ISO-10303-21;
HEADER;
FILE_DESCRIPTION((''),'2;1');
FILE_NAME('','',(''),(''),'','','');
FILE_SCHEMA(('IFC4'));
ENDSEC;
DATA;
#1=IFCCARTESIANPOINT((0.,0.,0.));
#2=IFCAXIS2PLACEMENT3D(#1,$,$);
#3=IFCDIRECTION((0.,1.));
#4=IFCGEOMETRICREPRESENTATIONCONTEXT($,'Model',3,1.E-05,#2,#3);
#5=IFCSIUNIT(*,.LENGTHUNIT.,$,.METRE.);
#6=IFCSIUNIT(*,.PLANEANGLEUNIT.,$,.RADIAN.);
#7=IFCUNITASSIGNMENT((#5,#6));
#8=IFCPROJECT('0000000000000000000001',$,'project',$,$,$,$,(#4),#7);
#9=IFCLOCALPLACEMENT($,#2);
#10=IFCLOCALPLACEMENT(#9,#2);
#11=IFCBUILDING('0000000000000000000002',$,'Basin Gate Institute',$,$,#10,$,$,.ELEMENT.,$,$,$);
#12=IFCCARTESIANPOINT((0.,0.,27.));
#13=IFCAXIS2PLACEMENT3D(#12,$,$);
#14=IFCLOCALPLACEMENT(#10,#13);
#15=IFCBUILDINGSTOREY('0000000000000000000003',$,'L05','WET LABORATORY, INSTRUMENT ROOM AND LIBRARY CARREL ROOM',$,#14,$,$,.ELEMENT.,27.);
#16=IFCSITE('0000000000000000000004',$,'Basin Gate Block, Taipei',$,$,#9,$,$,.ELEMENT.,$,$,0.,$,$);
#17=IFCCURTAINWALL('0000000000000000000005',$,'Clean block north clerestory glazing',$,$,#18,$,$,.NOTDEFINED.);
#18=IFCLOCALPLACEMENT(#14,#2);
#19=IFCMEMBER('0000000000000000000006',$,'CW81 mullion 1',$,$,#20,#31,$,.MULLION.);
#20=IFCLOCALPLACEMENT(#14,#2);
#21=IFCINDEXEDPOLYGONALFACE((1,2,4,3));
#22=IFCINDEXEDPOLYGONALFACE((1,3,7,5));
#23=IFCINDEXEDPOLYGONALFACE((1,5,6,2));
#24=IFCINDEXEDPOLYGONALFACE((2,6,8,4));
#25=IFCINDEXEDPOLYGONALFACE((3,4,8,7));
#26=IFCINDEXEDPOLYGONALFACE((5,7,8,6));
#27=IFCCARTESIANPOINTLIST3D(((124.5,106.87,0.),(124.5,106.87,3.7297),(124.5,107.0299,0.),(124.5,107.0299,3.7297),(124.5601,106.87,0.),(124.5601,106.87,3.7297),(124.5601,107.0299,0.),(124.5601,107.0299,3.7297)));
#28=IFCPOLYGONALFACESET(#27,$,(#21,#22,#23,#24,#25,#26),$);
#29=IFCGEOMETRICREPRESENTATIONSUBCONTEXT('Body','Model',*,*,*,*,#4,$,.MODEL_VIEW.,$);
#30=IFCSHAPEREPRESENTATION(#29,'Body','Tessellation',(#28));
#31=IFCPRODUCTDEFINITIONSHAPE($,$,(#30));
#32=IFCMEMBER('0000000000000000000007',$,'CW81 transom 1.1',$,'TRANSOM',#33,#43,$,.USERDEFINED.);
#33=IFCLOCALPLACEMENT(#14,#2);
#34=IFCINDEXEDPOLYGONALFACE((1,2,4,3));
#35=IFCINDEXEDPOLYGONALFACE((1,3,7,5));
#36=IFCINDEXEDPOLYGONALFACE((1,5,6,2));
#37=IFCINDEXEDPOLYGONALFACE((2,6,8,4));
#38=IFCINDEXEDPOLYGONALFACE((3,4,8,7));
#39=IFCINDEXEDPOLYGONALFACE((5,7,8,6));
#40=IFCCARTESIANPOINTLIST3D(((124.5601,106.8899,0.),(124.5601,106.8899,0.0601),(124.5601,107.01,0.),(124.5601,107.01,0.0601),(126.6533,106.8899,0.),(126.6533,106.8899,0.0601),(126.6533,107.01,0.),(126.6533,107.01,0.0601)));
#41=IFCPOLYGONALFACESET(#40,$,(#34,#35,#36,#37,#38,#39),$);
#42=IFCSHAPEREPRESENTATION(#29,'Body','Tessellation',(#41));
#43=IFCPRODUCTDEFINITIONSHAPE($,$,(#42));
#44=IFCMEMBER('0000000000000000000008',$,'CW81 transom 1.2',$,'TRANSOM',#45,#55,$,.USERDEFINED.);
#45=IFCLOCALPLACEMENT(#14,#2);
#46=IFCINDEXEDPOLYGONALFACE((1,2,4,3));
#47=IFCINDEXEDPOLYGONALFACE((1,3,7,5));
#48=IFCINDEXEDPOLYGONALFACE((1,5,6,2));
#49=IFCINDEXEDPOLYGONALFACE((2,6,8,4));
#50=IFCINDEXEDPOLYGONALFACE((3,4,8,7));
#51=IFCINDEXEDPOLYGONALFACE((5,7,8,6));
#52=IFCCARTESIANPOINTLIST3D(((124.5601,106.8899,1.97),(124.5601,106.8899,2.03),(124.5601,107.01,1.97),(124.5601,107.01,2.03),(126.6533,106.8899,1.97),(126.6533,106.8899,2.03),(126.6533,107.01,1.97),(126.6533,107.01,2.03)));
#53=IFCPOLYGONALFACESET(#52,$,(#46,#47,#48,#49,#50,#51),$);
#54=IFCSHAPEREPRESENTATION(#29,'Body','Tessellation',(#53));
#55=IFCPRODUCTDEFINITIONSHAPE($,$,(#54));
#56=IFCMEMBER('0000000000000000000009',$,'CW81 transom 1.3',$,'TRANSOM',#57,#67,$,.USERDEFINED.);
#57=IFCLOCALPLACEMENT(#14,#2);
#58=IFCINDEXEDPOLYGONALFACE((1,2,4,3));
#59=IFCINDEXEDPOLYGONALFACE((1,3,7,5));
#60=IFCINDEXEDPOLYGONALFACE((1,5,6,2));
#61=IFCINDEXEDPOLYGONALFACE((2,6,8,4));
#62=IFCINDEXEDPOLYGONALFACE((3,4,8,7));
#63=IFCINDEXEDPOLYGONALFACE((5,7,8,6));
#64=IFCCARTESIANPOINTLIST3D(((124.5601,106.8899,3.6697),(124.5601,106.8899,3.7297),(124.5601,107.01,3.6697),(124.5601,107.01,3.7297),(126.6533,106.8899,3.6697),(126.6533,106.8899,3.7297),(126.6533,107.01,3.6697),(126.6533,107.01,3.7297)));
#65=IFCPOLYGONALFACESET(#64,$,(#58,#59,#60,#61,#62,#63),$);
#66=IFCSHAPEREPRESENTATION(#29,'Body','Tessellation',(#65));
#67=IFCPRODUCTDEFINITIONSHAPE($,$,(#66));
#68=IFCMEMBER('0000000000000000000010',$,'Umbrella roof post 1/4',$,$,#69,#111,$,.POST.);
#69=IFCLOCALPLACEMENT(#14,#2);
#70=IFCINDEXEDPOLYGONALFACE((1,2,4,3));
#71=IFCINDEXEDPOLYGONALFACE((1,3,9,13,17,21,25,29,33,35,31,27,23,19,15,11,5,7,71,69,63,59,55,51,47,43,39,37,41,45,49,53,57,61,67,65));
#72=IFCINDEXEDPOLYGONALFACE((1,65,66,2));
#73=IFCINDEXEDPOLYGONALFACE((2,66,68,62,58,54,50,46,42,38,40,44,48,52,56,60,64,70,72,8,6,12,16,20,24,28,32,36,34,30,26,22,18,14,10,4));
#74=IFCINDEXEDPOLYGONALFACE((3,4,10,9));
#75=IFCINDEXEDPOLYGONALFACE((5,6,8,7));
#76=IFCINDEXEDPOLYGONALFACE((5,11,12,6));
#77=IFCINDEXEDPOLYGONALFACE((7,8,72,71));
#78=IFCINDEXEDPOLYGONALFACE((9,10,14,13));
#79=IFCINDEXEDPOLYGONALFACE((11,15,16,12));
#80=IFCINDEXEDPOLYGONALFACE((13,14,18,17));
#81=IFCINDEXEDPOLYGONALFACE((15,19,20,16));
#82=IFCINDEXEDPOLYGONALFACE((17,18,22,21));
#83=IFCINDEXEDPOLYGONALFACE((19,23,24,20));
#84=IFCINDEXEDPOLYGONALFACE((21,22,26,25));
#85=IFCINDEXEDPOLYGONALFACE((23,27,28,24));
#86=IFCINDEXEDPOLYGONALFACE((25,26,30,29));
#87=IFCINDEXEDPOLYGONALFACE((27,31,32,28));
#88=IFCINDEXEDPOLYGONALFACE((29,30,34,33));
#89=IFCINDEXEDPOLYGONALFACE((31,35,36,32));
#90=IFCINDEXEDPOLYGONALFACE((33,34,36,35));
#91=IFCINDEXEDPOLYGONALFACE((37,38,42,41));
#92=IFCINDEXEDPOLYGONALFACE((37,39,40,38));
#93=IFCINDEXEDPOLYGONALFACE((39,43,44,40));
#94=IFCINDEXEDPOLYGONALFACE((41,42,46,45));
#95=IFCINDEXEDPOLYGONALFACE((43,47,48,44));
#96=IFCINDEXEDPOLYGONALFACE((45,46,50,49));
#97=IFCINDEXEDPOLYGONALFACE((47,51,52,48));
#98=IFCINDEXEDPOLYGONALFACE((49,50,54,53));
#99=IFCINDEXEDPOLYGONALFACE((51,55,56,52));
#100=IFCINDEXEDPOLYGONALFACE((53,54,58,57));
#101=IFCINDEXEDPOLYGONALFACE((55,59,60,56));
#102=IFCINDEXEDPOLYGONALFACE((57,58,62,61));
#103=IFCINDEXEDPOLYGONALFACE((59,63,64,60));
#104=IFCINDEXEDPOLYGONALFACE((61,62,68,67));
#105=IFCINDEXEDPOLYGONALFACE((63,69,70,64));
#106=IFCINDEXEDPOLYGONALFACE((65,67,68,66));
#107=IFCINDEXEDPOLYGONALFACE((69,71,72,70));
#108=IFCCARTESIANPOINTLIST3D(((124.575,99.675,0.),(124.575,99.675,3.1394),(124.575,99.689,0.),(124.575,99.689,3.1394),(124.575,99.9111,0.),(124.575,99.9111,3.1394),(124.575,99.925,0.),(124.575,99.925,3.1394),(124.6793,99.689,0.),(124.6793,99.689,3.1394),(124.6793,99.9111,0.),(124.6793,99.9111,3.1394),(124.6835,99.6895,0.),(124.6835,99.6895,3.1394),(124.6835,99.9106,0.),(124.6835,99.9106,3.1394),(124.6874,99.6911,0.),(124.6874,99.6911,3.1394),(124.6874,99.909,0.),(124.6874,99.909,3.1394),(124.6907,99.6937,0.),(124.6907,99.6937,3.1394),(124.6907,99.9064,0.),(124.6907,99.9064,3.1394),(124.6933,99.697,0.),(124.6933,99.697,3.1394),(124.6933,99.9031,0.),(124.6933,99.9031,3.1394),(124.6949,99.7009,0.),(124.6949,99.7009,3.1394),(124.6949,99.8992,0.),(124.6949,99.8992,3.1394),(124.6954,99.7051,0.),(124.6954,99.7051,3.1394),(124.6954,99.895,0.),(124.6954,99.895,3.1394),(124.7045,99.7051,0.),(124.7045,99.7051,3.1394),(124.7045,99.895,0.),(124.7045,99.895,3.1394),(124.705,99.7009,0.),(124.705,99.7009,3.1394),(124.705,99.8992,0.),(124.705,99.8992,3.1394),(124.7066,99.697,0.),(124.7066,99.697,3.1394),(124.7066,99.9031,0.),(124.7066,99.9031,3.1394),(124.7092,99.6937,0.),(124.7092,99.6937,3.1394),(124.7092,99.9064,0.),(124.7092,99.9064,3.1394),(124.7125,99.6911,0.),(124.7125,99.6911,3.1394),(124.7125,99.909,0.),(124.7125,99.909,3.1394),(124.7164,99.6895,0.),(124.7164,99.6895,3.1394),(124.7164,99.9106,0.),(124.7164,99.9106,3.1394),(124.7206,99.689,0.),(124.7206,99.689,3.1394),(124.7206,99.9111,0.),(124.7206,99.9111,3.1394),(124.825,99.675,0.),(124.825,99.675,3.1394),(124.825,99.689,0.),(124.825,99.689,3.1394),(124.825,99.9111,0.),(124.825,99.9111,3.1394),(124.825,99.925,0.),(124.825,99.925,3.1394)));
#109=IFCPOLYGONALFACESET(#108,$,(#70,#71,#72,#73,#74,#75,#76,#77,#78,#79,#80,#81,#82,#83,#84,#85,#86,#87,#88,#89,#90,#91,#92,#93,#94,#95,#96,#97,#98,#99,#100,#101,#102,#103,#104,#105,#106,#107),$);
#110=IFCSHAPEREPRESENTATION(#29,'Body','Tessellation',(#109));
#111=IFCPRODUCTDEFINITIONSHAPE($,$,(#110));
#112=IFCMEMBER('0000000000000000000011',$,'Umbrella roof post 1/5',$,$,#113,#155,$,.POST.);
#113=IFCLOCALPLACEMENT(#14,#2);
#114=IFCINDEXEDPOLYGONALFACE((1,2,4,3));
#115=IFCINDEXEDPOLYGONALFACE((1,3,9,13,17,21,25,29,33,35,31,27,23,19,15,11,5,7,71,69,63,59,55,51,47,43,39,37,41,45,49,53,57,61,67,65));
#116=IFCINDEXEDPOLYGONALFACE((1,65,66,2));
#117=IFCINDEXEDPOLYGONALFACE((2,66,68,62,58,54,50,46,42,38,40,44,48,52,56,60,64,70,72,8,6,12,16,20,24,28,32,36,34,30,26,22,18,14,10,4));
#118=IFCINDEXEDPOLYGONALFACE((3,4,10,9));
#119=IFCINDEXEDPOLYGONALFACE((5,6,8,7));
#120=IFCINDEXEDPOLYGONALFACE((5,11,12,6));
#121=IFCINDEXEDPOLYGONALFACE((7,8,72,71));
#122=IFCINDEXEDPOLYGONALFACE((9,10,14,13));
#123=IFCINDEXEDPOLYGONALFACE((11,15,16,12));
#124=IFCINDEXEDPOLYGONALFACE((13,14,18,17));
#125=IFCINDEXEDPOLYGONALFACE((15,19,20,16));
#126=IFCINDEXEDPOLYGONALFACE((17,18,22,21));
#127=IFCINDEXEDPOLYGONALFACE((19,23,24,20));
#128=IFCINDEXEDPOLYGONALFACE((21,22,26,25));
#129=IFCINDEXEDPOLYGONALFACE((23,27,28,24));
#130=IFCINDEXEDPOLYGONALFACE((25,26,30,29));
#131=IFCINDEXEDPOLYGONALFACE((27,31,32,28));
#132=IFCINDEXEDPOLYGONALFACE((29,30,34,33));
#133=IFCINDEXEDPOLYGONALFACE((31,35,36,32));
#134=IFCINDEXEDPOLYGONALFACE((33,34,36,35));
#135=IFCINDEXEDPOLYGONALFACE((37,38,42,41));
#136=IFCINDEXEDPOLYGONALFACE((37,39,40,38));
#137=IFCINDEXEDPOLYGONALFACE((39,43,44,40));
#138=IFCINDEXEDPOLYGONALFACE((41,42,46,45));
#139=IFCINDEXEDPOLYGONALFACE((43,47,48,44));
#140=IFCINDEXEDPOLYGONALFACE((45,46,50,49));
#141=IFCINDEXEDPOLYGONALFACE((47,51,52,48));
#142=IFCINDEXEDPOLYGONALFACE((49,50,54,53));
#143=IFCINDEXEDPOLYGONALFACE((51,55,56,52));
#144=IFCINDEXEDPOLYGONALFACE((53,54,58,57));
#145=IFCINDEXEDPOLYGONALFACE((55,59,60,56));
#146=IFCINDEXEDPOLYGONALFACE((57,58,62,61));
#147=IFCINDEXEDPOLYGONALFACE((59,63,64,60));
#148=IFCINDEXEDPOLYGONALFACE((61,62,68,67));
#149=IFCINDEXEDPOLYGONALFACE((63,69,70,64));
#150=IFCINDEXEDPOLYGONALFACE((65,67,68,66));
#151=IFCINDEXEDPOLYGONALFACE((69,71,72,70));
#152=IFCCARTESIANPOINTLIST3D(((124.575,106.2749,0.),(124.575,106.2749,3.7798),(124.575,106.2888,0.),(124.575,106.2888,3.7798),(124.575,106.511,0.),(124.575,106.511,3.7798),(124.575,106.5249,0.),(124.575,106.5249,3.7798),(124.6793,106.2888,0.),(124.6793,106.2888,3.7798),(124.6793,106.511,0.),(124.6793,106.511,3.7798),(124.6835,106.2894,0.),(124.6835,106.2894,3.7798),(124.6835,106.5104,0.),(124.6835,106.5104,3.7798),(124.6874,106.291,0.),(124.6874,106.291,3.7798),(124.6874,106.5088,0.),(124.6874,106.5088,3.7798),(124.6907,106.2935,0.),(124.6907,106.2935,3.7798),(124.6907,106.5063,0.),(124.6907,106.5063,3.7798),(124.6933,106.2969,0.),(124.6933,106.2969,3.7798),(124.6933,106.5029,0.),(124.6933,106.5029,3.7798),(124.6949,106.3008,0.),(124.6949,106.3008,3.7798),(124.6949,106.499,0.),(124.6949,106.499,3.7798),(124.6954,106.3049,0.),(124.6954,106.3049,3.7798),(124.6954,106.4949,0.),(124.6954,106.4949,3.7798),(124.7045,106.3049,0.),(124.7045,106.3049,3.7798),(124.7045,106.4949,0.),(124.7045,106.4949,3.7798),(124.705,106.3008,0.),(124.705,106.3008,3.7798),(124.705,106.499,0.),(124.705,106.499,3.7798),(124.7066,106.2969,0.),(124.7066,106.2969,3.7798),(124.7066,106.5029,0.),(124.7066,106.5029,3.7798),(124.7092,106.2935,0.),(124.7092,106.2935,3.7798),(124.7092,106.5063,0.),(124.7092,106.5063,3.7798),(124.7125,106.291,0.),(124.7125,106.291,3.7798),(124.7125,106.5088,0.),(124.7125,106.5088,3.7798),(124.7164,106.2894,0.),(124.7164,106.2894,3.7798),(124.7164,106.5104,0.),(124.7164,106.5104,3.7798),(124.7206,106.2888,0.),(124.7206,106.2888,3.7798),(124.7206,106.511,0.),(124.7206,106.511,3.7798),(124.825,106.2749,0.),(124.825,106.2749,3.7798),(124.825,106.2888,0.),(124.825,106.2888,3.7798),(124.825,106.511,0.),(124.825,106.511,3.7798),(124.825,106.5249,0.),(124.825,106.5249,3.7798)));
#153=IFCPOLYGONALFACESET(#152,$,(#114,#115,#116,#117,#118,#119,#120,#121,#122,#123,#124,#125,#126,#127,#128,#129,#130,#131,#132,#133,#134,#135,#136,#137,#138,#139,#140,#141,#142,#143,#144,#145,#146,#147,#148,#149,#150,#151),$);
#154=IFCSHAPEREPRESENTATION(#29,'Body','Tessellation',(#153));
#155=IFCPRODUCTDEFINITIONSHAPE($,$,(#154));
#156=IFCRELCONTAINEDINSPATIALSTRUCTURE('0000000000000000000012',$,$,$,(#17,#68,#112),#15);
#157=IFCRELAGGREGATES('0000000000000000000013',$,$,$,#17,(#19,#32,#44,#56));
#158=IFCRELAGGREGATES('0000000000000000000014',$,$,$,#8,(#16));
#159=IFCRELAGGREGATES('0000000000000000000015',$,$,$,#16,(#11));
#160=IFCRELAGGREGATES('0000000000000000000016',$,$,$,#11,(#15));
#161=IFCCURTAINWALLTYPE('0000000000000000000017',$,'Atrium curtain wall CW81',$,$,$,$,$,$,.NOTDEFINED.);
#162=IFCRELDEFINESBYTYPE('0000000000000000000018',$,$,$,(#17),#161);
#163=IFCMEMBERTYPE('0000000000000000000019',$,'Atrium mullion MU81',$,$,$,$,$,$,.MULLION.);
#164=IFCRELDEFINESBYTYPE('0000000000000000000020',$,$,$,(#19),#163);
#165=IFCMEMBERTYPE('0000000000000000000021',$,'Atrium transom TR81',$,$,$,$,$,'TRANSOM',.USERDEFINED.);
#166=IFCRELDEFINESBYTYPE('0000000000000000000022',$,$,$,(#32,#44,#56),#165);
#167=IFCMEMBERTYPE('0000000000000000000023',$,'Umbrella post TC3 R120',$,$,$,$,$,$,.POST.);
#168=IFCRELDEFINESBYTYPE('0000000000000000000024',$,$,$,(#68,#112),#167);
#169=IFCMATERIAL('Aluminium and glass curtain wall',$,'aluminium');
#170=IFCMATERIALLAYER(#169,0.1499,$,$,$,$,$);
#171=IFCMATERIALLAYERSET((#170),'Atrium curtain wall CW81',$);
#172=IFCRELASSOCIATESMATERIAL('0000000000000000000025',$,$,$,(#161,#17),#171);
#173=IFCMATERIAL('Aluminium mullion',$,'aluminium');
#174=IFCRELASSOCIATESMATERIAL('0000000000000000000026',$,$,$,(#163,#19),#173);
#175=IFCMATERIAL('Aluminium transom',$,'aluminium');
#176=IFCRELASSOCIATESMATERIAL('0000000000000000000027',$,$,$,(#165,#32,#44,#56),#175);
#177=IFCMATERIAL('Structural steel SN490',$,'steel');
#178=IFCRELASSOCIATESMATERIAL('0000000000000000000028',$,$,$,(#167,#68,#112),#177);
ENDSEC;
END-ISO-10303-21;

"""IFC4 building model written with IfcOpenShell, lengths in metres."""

from ifc_helpers import new_model, si_unit, direction, frame, origin, origin_2d, place, context, subcontext, project, spatial, rectangle, i_section, extrude, material, layer, layer_set, material_profile, profile_set, type_object, element, aggregate, save


model = new_model("IFC4")

# Units and contexts
model_context = context("Model", 3, precision=1e-05, world=origin(), true_north=direction((0.0, 1.0)))
body_context = subcontext(model_context, "Body", "Model", "MODEL_VIEW")
ifc_project = project(units=[si_unit("LENGTHUNIT", "METRE"), si_unit("PLANEANGLEUNIT", "RADIAN")], contexts=[model_context])

# Site, building, storey
site_placement = place(None, origin())
site = spatial("IfcSite", under=ifc_project, at=site_placement, Name="Basin Gate Block, Taipei", CompositionType="ELEMENT", RefElevation=0.0)
building_placement = place(site_placement, origin())
building = spatial("IfcBuilding", under=site, at=building_placement, Name="Basin Gate Institute", CompositionType="ELEMENT")
storey_placement = place(building_placement, frame((0.0, 0.0, 27.0)))
storey = spatial("IfcBuildingStorey", under=building, at=storey_placement, Name="L05", Description="WET LABORATORY, INSTRUMENT ROOM AND LIBRARY CARREL ROOM", CompositionType="ELEMENT", Elevation=27.0)

# Curtain wall, members
ifc_material_1 = material(Name="Aluminium and glass curtain wall", Category="aluminium")
ifc_layer_1 = layer(ifc_material_1, 0.1499)
ifc_layer_set_1 = layer_set([ifc_layer_1], Name="Atrium curtain wall CW81")
curtain_wall_type = type_object("IfcCurtainWallType", Name="Atrium curtain wall CW81", PredefinedType="NOTDEFINED", material=ifc_layer_set_1)
curtain_wall_placement = place(storey_placement, origin())
curtain_wall = element("IfcCurtainWall", 1, at=curtain_wall_placement, inside=storey, type_object=curtain_wall_type, material=ifc_layer_set_1, Name="Clean block north clerestory glazing", PredefinedType="NOTDEFINED")
ifc_material_2 = material(Name="Aluminium mullion", Category="aluminium")
ifc_material_profile_1 = material_profile(ifc_material_2, rectangle(XDim=0.1599, YDim=0.0601, at=origin_2d()), Name="Atrium mullion MU81 160 x 60")
ifc_profile_set_1 = profile_set([ifc_material_profile_1], Name="Aluminium mullion")
member_type_1 = type_object("IfcMemberType", Name="Atrium mullion MU81", PredefinedType="MULLION", material=ifc_profile_set_1)
member_1_placement = place(storey_placement, frame((124.53, 106.95, 0.0), z_axis=(0.0, 0.0, 1.0), x_axis=(0.0, 1.0, 0.0)))
member_1 = element("IfcMember", 2, at=member_1_placement, type_object=member_type_1, material=ifc_profile_set_1, Name="CW81 mullion 1", PredefinedType="MULLION", context=body_context, shape_type="SweptSolid", body=[
    extrude(rectangle(XDim=0.1599, YDim=0.0601, at=origin_2d()), origin(), (0.0, 0.0, 1.0), 3.7297),
])
ifc_material_3 = material(Name="Aluminium transom", Category="aluminium")
ifc_material_profile_2 = material_profile(ifc_material_3, rectangle(XDim=0.1201, YDim=0.0601, at=origin_2d()), Name="Atrium transom TR81 120 x 60")
ifc_profile_set_2 = profile_set([ifc_material_profile_2], Name="Aluminium transom")
member_type_2 = type_object("IfcMemberType", Name="Atrium transom TR81", ElementType="TRANSOM", PredefinedType="USERDEFINED", material=ifc_profile_set_2)
member_2_placement = place(storey_placement, frame((124.5601, 106.95, 0.03), z_axis=(1.0, 0.0, 0.0), x_axis=(0.0, 1.0, 0.0)))
member_2 = element("IfcMember", 3, at=member_2_placement, type_object=member_type_2, material=ifc_profile_set_2, Name="CW81 transom 1.1", ObjectType="TRANSOM", PredefinedType="USERDEFINED", context=body_context, shape_type="SweptSolid", body=[
    extrude(rectangle(XDim=0.1201, YDim=0.0601, at=origin_2d()), origin(), (0.0, 0.0, 1.0), 2.0933),
])
member_3_placement = place(storey_placement, frame((124.5601, 106.95, 2.0), z_axis=(1.0, 0.0, 0.0), x_axis=(0.0, 1.0, 0.0)))
member_3 = element("IfcMember", 4, at=member_3_placement, type_object=member_type_2, material=ifc_profile_set_2, Name="CW81 transom 1.2", ObjectType="TRANSOM", PredefinedType="USERDEFINED", context=body_context, shape_type="SweptSolid", body=[
    extrude(rectangle(XDim=0.1201, YDim=0.0601, at=origin_2d()), origin(), (0.0, 0.0, 1.0), 2.0933),
])
member_4_placement = place(storey_placement, frame((124.5601, 106.95, 3.6997), z_axis=(1.0, 0.0, 0.0), x_axis=(0.0, 1.0, 0.0)))
member_4 = element("IfcMember", 5, at=member_4_placement, type_object=member_type_2, material=ifc_profile_set_2, Name="CW81 transom 1.3", ObjectType="TRANSOM", PredefinedType="USERDEFINED", context=body_context, shape_type="SweptSolid", body=[
    extrude(rectangle(XDim=0.1201, YDim=0.0601, at=origin_2d()), origin(), (0.0, 0.0, 1.0), 2.0933),
])

# Members
ifc_material_4 = material(Name="Structural steel SN490", Category="steel")
ifc_material_profile_3 = material_profile(ifc_material_4, i_section(OverallWidth=0.25, OverallDepth=0.25, WebThickness=0.009, FlangeThickness=0.0139, FilletRadius=0.0161, at=origin_2d()), Name="H250x250")
ifc_profile_set_3 = profile_set([ifc_material_profile_3], Name="Structural steel SN490")
member_type_3 = type_object("IfcMemberType", Name="Umbrella post TC3 R120", PredefinedType="POST", material=ifc_profile_set_3)
member_5_placement = place(storey_placement, frame((124.7, 99.8, 0.0), z_axis=(0.0, 0.0, 1.0), x_axis=(1.0, 0.0, 0.0)))
element("IfcMember", 6, at=member_5_placement, inside=storey, type_object=member_type_3, material=ifc_profile_set_3, Name="Umbrella roof post 1/4", PredefinedType="POST", context=body_context, shape_type="SweptSolid", body=[
    extrude(i_section(OverallWidth=0.25, OverallDepth=0.25, WebThickness=0.009, FlangeThickness=0.0139, FilletRadius=0.0161, at=origin_2d()), origin(), (0.0, 0.0, 1.0), 3.1394),
])
member_6_placement = place(storey_placement, frame((124.7, 106.3999, 0.0), z_axis=(0.0, 0.0, 1.0), x_axis=(1.0, 0.0, 0.0)))
element("IfcMember", 7, at=member_6_placement, inside=storey, type_object=member_type_3, material=ifc_profile_set_3, Name="Umbrella roof post 1/5", PredefinedType="POST", context=body_context, shape_type="SweptSolid", body=[
    extrude(i_section(OverallWidth=0.25, OverallDepth=0.25, WebThickness=0.009, FlangeThickness=0.0139, FilletRadius=0.0161, at=origin_2d()), origin(), (0.0, 0.0, 1.0), 3.7798),
])

aggregate(curtain_wall, [member_1, member_2, member_3, member_4])

save(model, "model.ifc")
